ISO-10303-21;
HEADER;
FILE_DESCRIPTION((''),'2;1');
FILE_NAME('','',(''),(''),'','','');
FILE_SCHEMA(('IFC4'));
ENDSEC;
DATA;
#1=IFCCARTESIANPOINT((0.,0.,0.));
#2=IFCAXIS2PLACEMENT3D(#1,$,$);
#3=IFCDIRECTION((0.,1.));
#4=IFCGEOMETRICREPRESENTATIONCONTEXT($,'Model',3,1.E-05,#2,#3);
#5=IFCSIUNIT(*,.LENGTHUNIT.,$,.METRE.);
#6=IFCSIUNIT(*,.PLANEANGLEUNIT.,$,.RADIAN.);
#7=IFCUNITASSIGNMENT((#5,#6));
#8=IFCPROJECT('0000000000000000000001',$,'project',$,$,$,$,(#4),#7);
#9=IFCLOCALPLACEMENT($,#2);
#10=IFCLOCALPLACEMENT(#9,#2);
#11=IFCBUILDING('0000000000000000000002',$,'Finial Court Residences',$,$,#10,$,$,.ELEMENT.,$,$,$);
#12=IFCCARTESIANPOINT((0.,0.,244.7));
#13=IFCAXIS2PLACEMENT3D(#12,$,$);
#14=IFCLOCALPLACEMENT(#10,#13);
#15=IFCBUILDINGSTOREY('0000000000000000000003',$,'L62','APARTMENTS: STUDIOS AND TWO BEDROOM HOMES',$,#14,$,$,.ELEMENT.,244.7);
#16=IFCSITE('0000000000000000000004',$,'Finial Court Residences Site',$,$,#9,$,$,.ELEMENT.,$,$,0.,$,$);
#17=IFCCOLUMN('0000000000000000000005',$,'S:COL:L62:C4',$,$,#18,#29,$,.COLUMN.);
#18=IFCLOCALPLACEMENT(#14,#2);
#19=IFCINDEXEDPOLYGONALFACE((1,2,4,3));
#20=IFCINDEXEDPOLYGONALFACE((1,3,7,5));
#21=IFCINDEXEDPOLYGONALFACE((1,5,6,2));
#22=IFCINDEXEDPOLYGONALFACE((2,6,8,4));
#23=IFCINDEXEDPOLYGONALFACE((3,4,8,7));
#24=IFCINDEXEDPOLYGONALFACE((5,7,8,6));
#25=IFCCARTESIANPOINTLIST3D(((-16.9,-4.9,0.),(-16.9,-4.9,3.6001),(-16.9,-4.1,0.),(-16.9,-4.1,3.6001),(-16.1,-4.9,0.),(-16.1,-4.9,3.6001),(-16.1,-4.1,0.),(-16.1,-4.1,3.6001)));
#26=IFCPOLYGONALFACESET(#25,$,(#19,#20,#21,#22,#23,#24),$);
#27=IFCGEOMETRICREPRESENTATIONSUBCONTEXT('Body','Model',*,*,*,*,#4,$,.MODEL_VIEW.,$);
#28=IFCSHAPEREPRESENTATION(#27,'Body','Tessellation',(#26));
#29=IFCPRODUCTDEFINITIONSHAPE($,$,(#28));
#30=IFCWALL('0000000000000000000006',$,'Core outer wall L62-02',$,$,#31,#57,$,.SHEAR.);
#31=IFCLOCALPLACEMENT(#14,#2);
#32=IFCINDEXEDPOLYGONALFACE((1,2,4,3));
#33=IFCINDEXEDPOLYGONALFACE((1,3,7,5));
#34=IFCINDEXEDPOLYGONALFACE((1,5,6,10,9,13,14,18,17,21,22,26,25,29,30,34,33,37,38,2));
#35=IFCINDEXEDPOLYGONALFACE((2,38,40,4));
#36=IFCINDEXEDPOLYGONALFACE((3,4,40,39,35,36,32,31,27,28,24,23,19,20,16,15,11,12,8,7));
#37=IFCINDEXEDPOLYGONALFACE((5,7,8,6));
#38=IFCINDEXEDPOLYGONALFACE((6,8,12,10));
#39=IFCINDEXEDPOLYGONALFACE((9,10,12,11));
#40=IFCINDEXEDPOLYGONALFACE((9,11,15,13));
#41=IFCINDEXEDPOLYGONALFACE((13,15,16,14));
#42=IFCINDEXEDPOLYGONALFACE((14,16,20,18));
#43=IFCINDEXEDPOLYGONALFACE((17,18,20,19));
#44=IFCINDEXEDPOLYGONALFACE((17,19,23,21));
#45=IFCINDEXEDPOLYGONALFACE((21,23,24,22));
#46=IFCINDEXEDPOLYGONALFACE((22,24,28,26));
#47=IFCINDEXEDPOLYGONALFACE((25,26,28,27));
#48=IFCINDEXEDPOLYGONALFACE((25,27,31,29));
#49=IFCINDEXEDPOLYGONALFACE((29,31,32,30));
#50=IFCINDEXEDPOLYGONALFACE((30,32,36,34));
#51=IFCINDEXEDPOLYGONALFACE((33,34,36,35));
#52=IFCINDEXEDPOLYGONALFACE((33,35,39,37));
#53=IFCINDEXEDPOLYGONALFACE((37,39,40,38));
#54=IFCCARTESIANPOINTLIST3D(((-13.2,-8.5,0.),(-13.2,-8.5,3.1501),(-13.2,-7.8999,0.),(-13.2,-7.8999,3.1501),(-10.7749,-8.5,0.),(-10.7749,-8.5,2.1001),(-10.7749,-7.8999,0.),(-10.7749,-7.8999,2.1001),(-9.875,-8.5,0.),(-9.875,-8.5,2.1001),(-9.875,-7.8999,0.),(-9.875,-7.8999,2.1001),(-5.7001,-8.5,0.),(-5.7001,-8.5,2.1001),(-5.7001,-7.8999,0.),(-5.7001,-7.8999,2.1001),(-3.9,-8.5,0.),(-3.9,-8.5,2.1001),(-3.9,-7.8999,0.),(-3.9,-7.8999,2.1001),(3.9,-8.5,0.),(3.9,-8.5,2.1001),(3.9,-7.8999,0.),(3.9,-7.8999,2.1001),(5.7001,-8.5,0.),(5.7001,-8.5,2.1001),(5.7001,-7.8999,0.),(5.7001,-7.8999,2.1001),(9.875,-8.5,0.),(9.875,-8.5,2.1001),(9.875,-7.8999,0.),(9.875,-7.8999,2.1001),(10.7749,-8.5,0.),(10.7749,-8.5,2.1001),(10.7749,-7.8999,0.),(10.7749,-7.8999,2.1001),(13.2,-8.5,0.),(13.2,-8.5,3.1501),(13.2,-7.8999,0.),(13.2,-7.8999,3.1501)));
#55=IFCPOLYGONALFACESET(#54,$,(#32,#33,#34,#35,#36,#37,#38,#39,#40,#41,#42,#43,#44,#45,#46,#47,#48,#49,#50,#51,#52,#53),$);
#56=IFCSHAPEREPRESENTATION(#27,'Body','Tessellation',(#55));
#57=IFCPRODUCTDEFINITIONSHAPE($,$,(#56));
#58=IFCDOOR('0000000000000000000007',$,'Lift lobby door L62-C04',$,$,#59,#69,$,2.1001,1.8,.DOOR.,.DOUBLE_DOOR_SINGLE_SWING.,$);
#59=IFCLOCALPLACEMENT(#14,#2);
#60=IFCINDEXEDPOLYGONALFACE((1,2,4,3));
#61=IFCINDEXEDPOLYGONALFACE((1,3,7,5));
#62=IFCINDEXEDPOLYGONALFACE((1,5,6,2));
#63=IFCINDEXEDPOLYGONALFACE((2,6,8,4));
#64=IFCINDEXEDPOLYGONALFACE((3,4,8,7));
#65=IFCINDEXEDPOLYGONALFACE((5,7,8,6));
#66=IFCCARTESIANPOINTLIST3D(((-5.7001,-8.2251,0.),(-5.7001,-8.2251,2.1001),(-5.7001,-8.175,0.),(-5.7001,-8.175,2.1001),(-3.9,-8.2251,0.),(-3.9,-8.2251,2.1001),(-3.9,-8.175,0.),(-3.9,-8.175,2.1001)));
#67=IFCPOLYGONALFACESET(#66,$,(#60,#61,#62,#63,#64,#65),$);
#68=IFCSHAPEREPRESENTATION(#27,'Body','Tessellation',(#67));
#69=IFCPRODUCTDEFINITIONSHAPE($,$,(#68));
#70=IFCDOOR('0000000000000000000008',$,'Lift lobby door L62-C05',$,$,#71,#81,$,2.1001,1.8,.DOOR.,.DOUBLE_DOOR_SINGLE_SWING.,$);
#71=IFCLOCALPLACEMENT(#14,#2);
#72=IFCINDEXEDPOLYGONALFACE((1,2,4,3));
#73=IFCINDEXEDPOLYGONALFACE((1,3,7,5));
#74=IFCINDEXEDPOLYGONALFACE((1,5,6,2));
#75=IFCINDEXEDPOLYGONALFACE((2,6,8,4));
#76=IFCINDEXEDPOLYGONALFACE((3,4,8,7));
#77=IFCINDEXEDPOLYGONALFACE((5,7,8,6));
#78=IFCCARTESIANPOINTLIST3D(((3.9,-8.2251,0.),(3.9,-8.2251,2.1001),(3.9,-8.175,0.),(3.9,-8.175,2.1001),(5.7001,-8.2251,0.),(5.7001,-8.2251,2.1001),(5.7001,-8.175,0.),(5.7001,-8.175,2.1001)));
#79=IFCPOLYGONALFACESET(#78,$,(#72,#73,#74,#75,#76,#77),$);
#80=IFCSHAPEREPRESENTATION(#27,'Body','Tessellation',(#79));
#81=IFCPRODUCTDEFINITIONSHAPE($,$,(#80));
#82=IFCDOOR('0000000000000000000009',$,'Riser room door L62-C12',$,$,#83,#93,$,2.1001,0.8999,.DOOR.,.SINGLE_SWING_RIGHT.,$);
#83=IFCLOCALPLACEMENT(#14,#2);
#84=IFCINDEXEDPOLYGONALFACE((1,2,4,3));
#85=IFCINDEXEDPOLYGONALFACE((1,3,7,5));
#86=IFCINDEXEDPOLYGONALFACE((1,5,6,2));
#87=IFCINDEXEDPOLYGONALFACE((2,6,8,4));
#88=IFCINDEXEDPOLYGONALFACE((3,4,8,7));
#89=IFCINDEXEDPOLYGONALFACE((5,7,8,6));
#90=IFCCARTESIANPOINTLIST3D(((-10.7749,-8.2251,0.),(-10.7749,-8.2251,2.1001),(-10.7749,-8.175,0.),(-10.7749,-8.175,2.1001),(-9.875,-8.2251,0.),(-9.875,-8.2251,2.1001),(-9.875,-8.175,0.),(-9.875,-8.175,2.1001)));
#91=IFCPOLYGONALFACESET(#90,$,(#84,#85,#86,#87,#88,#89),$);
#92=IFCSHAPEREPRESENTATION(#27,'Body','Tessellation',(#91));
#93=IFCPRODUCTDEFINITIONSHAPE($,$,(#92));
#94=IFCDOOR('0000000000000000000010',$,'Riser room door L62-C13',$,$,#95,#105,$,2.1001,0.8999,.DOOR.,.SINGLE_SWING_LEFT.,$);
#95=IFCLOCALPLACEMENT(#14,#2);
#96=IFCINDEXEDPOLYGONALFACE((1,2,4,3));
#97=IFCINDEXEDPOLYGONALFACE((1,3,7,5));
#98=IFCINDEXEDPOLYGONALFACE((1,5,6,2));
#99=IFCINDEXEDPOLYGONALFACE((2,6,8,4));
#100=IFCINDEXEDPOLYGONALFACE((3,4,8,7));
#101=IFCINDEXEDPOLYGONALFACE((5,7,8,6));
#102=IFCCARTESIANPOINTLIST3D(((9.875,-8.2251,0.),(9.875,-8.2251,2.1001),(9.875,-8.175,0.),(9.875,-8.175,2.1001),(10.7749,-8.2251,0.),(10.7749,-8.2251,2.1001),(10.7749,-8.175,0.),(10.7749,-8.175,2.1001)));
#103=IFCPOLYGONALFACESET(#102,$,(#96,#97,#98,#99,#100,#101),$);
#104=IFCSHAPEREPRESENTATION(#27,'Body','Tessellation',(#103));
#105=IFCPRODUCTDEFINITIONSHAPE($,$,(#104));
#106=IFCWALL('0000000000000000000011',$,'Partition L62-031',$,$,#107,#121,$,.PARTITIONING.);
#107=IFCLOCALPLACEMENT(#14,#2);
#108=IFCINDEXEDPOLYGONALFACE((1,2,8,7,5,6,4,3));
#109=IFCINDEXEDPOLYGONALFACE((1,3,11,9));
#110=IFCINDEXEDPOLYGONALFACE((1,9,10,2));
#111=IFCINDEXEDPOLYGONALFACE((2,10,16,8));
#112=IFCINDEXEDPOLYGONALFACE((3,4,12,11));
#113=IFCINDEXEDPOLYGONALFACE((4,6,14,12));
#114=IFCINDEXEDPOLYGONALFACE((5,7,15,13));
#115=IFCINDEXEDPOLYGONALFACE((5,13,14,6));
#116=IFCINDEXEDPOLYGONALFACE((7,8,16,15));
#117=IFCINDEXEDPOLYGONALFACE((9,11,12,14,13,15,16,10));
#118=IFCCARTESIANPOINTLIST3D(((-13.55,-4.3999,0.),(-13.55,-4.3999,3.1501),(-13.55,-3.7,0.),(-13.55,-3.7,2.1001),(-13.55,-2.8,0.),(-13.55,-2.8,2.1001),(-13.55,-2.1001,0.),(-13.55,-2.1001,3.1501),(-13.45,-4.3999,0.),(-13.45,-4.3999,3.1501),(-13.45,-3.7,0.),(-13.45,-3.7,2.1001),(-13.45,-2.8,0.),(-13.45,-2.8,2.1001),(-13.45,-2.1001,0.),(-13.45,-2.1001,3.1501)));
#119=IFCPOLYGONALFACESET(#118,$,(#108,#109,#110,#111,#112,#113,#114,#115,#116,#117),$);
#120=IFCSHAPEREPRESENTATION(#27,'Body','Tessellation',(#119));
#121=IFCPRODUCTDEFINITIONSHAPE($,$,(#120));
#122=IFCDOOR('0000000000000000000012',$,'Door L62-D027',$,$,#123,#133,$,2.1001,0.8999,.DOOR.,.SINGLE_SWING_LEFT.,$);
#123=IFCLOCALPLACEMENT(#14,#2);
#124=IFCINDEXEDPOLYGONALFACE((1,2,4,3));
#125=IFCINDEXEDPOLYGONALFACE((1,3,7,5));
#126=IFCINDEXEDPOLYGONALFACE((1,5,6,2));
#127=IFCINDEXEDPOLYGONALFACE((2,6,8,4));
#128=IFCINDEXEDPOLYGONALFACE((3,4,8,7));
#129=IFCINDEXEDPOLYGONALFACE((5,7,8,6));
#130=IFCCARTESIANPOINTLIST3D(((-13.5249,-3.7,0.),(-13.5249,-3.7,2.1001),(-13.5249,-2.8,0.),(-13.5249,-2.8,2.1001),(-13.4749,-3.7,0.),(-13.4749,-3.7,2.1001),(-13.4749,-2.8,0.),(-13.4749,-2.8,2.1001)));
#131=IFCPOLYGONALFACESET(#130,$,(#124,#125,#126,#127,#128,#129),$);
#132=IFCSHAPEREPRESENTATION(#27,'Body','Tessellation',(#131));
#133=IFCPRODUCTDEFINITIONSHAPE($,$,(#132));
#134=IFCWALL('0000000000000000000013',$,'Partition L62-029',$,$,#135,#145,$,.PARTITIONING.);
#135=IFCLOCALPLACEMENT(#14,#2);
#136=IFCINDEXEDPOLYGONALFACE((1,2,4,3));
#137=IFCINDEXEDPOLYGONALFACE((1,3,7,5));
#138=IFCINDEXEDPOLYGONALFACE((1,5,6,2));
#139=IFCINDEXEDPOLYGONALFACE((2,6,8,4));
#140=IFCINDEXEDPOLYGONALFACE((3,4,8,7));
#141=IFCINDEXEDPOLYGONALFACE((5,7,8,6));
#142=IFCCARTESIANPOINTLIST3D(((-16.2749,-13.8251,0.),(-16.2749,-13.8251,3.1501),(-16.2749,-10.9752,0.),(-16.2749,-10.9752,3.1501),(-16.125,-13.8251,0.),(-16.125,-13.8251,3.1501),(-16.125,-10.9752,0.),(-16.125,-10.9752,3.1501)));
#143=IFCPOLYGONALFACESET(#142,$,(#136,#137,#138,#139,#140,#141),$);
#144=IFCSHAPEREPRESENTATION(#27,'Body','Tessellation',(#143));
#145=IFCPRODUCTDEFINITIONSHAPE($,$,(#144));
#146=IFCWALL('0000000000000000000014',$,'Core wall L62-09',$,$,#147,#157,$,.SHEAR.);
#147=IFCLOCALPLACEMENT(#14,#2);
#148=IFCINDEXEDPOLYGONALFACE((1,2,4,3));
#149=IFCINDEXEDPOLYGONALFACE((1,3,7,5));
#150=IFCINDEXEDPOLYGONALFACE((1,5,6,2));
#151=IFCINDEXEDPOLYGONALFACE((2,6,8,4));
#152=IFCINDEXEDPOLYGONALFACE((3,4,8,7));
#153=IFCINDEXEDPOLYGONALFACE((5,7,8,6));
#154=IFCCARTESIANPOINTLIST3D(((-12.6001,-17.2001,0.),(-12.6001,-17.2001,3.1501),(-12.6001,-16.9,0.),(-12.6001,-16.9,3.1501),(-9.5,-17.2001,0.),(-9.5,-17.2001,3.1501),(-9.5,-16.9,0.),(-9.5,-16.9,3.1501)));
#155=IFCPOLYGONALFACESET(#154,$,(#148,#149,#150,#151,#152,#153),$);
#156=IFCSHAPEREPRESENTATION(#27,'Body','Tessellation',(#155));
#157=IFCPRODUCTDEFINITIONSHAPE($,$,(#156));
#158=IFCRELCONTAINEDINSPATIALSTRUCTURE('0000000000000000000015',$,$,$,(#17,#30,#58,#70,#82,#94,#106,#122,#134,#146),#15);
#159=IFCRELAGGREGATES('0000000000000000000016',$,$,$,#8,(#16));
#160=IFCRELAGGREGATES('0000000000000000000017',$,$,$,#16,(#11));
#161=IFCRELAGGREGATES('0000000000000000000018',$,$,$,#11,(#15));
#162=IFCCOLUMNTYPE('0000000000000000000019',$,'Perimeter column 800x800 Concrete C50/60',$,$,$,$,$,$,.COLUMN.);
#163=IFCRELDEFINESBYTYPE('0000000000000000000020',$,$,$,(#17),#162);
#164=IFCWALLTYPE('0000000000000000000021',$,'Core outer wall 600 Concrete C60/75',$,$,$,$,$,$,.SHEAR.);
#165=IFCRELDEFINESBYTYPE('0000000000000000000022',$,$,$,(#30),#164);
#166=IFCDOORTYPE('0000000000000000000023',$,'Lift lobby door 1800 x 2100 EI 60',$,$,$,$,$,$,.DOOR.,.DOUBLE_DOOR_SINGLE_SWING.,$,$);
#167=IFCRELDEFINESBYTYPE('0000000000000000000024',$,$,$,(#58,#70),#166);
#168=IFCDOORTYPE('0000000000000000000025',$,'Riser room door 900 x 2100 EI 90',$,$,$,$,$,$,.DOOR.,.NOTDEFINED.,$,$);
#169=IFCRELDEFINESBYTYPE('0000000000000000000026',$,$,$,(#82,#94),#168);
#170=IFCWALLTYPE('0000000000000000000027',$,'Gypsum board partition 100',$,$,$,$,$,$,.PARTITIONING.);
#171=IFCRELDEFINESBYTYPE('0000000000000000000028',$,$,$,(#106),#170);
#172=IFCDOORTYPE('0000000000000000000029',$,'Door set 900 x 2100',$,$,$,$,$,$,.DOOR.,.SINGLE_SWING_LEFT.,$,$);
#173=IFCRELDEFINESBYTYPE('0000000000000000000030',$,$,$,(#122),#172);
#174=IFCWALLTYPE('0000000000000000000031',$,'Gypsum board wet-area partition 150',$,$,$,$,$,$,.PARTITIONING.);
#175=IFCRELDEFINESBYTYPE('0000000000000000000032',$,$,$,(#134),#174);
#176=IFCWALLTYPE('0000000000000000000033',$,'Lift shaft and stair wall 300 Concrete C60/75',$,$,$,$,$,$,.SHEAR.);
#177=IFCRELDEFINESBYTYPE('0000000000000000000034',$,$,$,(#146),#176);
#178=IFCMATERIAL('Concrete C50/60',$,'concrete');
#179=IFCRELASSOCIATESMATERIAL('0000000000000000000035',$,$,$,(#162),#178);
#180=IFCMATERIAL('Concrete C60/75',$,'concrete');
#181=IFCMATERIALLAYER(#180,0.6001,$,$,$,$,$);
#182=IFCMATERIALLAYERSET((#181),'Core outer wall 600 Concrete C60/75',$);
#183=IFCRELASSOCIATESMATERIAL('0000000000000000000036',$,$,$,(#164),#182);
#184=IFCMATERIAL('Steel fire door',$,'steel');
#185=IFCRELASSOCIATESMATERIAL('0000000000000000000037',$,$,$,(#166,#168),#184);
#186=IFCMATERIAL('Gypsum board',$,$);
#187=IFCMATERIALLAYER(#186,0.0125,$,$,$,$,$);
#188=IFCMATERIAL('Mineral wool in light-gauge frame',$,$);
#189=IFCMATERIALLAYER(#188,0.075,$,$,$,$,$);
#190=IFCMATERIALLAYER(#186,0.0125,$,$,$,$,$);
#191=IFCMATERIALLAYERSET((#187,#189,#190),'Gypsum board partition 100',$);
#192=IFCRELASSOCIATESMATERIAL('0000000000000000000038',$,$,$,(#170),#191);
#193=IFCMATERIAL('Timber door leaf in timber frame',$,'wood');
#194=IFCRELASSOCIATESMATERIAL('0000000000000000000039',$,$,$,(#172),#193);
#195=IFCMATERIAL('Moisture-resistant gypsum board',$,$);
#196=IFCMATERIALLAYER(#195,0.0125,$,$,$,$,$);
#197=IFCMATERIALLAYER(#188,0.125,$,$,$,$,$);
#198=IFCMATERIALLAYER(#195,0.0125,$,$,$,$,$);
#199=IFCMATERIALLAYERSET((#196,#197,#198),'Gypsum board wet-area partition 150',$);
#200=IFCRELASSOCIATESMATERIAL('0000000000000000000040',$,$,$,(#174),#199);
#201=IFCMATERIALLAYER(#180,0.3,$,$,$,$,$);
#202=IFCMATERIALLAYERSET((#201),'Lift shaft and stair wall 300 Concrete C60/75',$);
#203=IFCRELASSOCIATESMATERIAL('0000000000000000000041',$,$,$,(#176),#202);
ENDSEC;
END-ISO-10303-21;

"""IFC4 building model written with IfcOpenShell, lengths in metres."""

from ifc_helpers import new_model, si_unit, direction, frame, frame_2d, origin, origin_2d, place, context, subcontext, project, spatial, rectangle, extrude, material, layer, layer_set, material_profile, profile_set, type_object, element, fill, save


model = new_model("IFC4")

# Units and contexts
model_context = context("Model", 3, precision=1e-05, world=origin(), true_north=direction((0.0, 1.0)))
body_context = subcontext(model_context, "Body", "Model", "MODEL_VIEW")
ifc_project = project(units=[si_unit("LENGTHUNIT", "METRE"), si_unit("PLANEANGLEUNIT", "RADIAN")], contexts=[model_context])

# Site, building, storey
site_placement = place(None, origin())
site = spatial("IfcSite", under=ifc_project, at=site_placement, Name="Finial Court Residences Site", CompositionType="ELEMENT", RefElevation=0.0)
building_placement = place(site_placement, origin())
building = spatial("IfcBuilding", under=site, at=building_placement, Name="Finial Court Residences", CompositionType="ELEMENT")
storey_placement = place(building_placement, frame((0.0, 0.0, 244.7)))
storey = spatial("IfcBuildingStorey", under=building, at=storey_placement, Name="L62", Description="APARTMENTS: STUDIOS AND TWO BEDROOM HOMES", CompositionType="ELEMENT", Elevation=244.7)

# Column
ifc_material_1 = material(Name="Concrete C50/60", Category="concrete")
ifc_material_profile = material_profile(ifc_material_1, rectangle(XDim=0.8, YDim=0.8, at=origin_2d()), Name="800x800")
ifc_profile_set = profile_set([ifc_material_profile], Name="Concrete C50/60")
column_type = type_object("IfcColumnType", Name="Perimeter column 800x800 Concrete C50/60", PredefinedType="COLUMN", material=ifc_profile_set)
column_placement = place(storey_placement, frame((-16.5, -4.5, 0.0), z_axis=(0.0, 0.0, 1.0), x_axis=(1.0, 0.0, 0.0)))
element("IfcColumn", 1, at=column_placement, inside=storey, type_object=column_type, Name="S:COL:L62:C4", PredefinedType="COLUMN", context=body_context, shape_type="SweptSolid", body=[
    extrude(rectangle(XDim=0.8, YDim=0.8, at=origin_2d()), origin(), (0.0, 0.0, 1.0), 3.6001),
])

# Wall, openings, doors
ifc_material_2 = material(Name="Concrete C60/75", Category="concrete")
ifc_layer_1 = layer(ifc_material_2, 0.6001)
ifc_layer_set_1 = layer_set([ifc_layer_1], Name="Core outer wall 600 Concrete C60/75")
wall_type_1 = type_object("IfcWallType", Name="Core outer wall 600 Concrete C60/75", PredefinedType="SHEAR", material=ifc_layer_set_1)
wall_1_placement = place(storey_placement, frame((-13.2, -8.2, 0.0), z_axis=(0.0, 0.0, 1.0), x_axis=(1.0, 0.0, 0.0)))
wall_1 = element("IfcWall", 2, at=wall_1_placement, inside=storey, type_object=wall_type_1, Name="Core outer wall L62-02", PredefinedType="SHEAR", context=body_context, shape_type="SweptSolid", body=[
    extrude(rectangle(XDim=26.3999, YDim=0.6001, at=frame_2d((13.2, 0.0))), origin(), (0.0, 0.0, 1.0), 3.1501),
])
opening_1_placement = place(wall_1_placement, frame((7.5, 0.0, 0.0)))
opening_1 = element("IfcOpeningElement", 3, at=opening_1_placement, cuts=wall_1, PredefinedType="OPENING", context=body_context, shape_type="SweptSolid", body=[
    extrude(rectangle(XDim=1.8, YDim=2.1001, at=frame_2d((0.8999, 1.05))), frame((0.0, 0.3101, 0.0), z_axis=(0.0, -1.0, 0.0), x_axis=(1.0, 0.0, 0.0)), (0.0, 0.0, 1.0), 0.6201),
])
opening_2_placement = place(wall_1_placement, frame((17.1001, 0.0, 0.0)))
opening_2 = element("IfcOpeningElement", 4, at=opening_2_placement, cuts=wall_1, PredefinedType="OPENING", context=body_context, shape_type="SweptSolid", body=[
    extrude(rectangle(XDim=1.8, YDim=2.1001, at=frame_2d((0.8999, 1.05))), frame((0.0, 0.3101, 0.0), z_axis=(0.0, -1.0, 0.0), x_axis=(1.0, 0.0, 0.0)), (0.0, 0.0, 1.0), 0.6201),
])
opening_3_placement = place(wall_1_placement, frame((2.425, 0.0, 0.0)))
opening_3 = element("IfcOpeningElement", 5, at=opening_3_placement, cuts=wall_1, PredefinedType="OPENING", context=body_context, shape_type="SweptSolid", body=[
    extrude(rectangle(XDim=0.8999, YDim=2.1001, at=frame_2d((0.45, 1.05))), frame((0.0, 0.3101, 0.0), z_axis=(0.0, -1.0, 0.0), x_axis=(1.0, 0.0, 0.0)), (0.0, 0.0, 1.0), 0.6201),
])
opening_4_placement = place(wall_1_placement, frame((23.075, 0.0, 0.0)))
opening_4 = element("IfcOpeningElement", 6, at=opening_4_placement, cuts=wall_1, PredefinedType="OPENING", context=body_context, shape_type="SweptSolid", body=[
    extrude(rectangle(XDim=0.8999, YDim=2.1001, at=frame_2d((0.45, 1.05))), frame((0.0, 0.3101, 0.0), z_axis=(0.0, -1.0, 0.0), x_axis=(1.0, 0.0, 0.0)), (0.0, 0.0, 1.0), 0.6201),
])
ifc_material_3 = material(Name="Steel fire door", Category="steel")
door_type_1 = type_object("IfcDoorType", Name="Lift lobby door 1800 x 2100 EI 60", OperationType="DOUBLE_DOOR_SINGLE_SWING", PredefinedType="DOOR", material=ifc_material_3)
door_1_placement = place(opening_1_placement, origin())
door_1 = element("IfcDoor", 7, at=door_1_placement, inside=storey, type_object=door_type_1, Name="Lift lobby door L62-C04", OperationType="DOUBLE_DOOR_SINGLE_SWING", OverallHeight=2.1001, OverallWidth=1.8, PredefinedType="DOOR", context=body_context, shape_type="SweptSolid", body=[
    extrude(rectangle(XDim=1.8, YDim=2.1001, at=frame_2d((0.8999, 1.05))), frame((0.0, 0.0249, 0.0), z_axis=(0.0, -1.0, 0.0), x_axis=(1.0, 0.0, 0.0)), (0.0, 0.0, 1.0), 0.05),
])
fill(opening_1, door_1)
door_2_placement = place(opening_2_placement, origin())
door_2 = element("IfcDoor", 8, at=door_2_placement, inside=storey, type_object=door_type_1, Name="Lift lobby door L62-C05", OperationType="DOUBLE_DOOR_SINGLE_SWING", OverallHeight=2.1001, OverallWidth=1.8, PredefinedType="DOOR", context=body_context, shape_type="SweptSolid", body=[
    extrude(rectangle(XDim=1.8, YDim=2.1001, at=frame_2d((0.8999, 1.05))), frame((0.0, 0.0249, 0.0), z_axis=(0.0, -1.0, 0.0), x_axis=(1.0, 0.0, 0.0)), (0.0, 0.0, 1.0), 0.05),
])
fill(opening_2, door_2)
door_type_2 = type_object("IfcDoorType", Name="Riser room door 900 x 2100 EI 90", OperationType="NOTDEFINED", PredefinedType="DOOR", material=ifc_material_3)
door_3_placement = place(opening_3_placement, origin())
door_3 = element("IfcDoor", 9, at=door_3_placement, inside=storey, type_object=door_type_2, Name="Riser room door L62-C12", OperationType="SINGLE_SWING_RIGHT", OverallHeight=2.1001, OverallWidth=0.8999, PredefinedType="DOOR", context=body_context, shape_type="SweptSolid", body=[
    extrude(rectangle(XDim=0.8999, YDim=2.1001, at=frame_2d((0.45, 1.05))), frame((0.0, 0.0249, 0.0), z_axis=(0.0, -1.0, 0.0), x_axis=(1.0, 0.0, 0.0)), (0.0, 0.0, 1.0), 0.05),
])
fill(opening_3, door_3)
door_4_placement = place(opening_4_placement, origin())
door_4 = element("IfcDoor", 10, at=door_4_placement, inside=storey, type_object=door_type_2, Name="Riser room door L62-C13", OperationType="SINGLE_SWING_LEFT", OverallHeight=2.1001, OverallWidth=0.8999, PredefinedType="DOOR", context=body_context, shape_type="SweptSolid", body=[
    extrude(rectangle(XDim=0.8999, YDim=2.1001, at=frame_2d((0.45, 1.05))), frame((0.0, 0.0249, 0.0), z_axis=(0.0, -1.0, 0.0), x_axis=(1.0, 0.0, 0.0)), (0.0, 0.0, 1.0), 0.05),
])
fill(opening_4, door_4)

# Wall, opening, door
ifc_material_4 = material(Name="Gypsum board")
ifc_layer_2 = layer(ifc_material_4, 0.0125)
ifc_material_5 = material(Name="Mineral wool in light-gauge frame")
ifc_layer_3 = layer(ifc_material_5, 0.075)
ifc_layer_4 = layer(ifc_material_4, 0.0125)
ifc_layer_set_2 = layer_set([ifc_layer_2, ifc_layer_3, ifc_layer_4], Name="Gypsum board partition 100")
wall_type_2 = type_object("IfcWallType", Name="Gypsum board partition 100", PredefinedType="PARTITIONING", material=ifc_layer_set_2)
wall_2_placement = place(storey_placement, frame((-13.5, -4.3999, 0.0), z_axis=(0.0, 0.0, 1.0), x_axis=(0.0, 1.0, 0.0)))
wall_2 = element("IfcWall", 11, at=wall_2_placement, inside=storey, type_object=wall_type_2, Name="Partition L62-031", PredefinedType="PARTITIONING", context=body_context, shape_type="SweptSolid", body=[
    extrude(rectangle(XDim=2.2998, YDim=0.1001, at=frame_2d((1.1499, 0.0))), origin(), (0.0, 0.0, 1.0), 3.1501),
])
opening_5_placement = place(wall_2_placement, frame((0.7, 0.0, 0.0)))
opening_5 = element("IfcOpeningElement", 12, at=opening_5_placement, cuts=wall_2, PredefinedType="OPENING", context=body_context, shape_type="SweptSolid", body=[
    extrude(rectangle(XDim=0.8999, YDim=2.1001, at=frame_2d((0.45, 1.05))), frame((0.0, 0.0601, 0.0), z_axis=(0.0, -1.0, 0.0), x_axis=(1.0, 0.0, 0.0)), (0.0, 0.0, 1.0), 0.1201),
])
ifc_material_6 = material(Name="Timber door leaf in timber frame", Category="wood")
door_type_3 = type_object("IfcDoorType", Name="Door set 900 x 2100", OperationType="SINGLE_SWING_LEFT", PredefinedType="DOOR", material=ifc_material_6)
door_5_placement = place(opening_5_placement, origin())
door_5 = element("IfcDoor", 13, at=door_5_placement, inside=storey, type_object=door_type_3, Name="Door L62-D027", OperationType="SINGLE_SWING_LEFT", OverallHeight=2.1001, OverallWidth=0.8999, PredefinedType="DOOR", context=body_context, shape_type="SweptSolid", body=[
    extrude(rectangle(XDim=0.8999, YDim=2.1001, at=frame_2d((0.45, 1.05))), frame((0.0, 0.0249, 0.0), z_axis=(0.0, -1.0, 0.0), x_axis=(1.0, 0.0, 0.0)), (0.0, 0.0, 1.0), 0.05),
])
fill(opening_5, door_5)

# Walls
ifc_material_7 = material(Name="Moisture-resistant gypsum board")
ifc_layer_5 = layer(ifc_material_7, 0.0125)
ifc_layer_6 = layer(ifc_material_5, 0.125)
ifc_layer_7 = layer(ifc_material_7, 0.0125)
ifc_layer_set_3 = layer_set([ifc_layer_5, ifc_layer_6, ifc_layer_7], Name="Gypsum board wet-area partition 150")
wall_type_3 = type_object("IfcWallType", Name="Gypsum board wet-area partition 150", PredefinedType="PARTITIONING", material=ifc_layer_set_3)
wall_3_placement = place(storey_placement, frame((-16.2, -13.825, 0.0), z_axis=(0.0, 0.0, 1.0), x_axis=(0.0, 1.0, 0.0)))
element("IfcWall", 14, at=wall_3_placement, inside=storey, type_object=wall_type_3, Name="Partition L62-029", PredefinedType="PARTITIONING", context=body_context, shape_type="SweptSolid", body=[
    extrude(rectangle(XDim=2.8499, YDim=0.1499, at=frame_2d((1.4248, 0.0))), origin(), (0.0, 0.0, 1.0), 3.1501),
])
ifc_layer_8 = layer(ifc_material_2, 0.3)
ifc_layer_set_4 = layer_set([ifc_layer_8], Name="Lift shaft and stair wall 300 Concrete C60/75")
wall_type_4 = type_object("IfcWallType", Name="Lift shaft and stair wall 300 Concrete C60/75", PredefinedType="SHEAR", material=ifc_layer_set_4)
wall_4_placement = place(storey_placement, frame((-12.6001, -17.05, 0.0), z_axis=(0.0, 0.0, 1.0), x_axis=(1.0, 0.0, 0.0)))
element("IfcWall", 15, at=wall_4_placement, inside=storey, type_object=wall_type_4, Name="Core wall L62-09", PredefinedType="SHEAR", context=body_context, shape_type="SweptSolid", body=[
    extrude(rectangle(XDim=3.1001, YDim=0.3, at=frame_2d((1.55, 0.0))), origin(), (0.0, 0.0, 1.0), 3.1501),
])

save(model, "model.ifc")
